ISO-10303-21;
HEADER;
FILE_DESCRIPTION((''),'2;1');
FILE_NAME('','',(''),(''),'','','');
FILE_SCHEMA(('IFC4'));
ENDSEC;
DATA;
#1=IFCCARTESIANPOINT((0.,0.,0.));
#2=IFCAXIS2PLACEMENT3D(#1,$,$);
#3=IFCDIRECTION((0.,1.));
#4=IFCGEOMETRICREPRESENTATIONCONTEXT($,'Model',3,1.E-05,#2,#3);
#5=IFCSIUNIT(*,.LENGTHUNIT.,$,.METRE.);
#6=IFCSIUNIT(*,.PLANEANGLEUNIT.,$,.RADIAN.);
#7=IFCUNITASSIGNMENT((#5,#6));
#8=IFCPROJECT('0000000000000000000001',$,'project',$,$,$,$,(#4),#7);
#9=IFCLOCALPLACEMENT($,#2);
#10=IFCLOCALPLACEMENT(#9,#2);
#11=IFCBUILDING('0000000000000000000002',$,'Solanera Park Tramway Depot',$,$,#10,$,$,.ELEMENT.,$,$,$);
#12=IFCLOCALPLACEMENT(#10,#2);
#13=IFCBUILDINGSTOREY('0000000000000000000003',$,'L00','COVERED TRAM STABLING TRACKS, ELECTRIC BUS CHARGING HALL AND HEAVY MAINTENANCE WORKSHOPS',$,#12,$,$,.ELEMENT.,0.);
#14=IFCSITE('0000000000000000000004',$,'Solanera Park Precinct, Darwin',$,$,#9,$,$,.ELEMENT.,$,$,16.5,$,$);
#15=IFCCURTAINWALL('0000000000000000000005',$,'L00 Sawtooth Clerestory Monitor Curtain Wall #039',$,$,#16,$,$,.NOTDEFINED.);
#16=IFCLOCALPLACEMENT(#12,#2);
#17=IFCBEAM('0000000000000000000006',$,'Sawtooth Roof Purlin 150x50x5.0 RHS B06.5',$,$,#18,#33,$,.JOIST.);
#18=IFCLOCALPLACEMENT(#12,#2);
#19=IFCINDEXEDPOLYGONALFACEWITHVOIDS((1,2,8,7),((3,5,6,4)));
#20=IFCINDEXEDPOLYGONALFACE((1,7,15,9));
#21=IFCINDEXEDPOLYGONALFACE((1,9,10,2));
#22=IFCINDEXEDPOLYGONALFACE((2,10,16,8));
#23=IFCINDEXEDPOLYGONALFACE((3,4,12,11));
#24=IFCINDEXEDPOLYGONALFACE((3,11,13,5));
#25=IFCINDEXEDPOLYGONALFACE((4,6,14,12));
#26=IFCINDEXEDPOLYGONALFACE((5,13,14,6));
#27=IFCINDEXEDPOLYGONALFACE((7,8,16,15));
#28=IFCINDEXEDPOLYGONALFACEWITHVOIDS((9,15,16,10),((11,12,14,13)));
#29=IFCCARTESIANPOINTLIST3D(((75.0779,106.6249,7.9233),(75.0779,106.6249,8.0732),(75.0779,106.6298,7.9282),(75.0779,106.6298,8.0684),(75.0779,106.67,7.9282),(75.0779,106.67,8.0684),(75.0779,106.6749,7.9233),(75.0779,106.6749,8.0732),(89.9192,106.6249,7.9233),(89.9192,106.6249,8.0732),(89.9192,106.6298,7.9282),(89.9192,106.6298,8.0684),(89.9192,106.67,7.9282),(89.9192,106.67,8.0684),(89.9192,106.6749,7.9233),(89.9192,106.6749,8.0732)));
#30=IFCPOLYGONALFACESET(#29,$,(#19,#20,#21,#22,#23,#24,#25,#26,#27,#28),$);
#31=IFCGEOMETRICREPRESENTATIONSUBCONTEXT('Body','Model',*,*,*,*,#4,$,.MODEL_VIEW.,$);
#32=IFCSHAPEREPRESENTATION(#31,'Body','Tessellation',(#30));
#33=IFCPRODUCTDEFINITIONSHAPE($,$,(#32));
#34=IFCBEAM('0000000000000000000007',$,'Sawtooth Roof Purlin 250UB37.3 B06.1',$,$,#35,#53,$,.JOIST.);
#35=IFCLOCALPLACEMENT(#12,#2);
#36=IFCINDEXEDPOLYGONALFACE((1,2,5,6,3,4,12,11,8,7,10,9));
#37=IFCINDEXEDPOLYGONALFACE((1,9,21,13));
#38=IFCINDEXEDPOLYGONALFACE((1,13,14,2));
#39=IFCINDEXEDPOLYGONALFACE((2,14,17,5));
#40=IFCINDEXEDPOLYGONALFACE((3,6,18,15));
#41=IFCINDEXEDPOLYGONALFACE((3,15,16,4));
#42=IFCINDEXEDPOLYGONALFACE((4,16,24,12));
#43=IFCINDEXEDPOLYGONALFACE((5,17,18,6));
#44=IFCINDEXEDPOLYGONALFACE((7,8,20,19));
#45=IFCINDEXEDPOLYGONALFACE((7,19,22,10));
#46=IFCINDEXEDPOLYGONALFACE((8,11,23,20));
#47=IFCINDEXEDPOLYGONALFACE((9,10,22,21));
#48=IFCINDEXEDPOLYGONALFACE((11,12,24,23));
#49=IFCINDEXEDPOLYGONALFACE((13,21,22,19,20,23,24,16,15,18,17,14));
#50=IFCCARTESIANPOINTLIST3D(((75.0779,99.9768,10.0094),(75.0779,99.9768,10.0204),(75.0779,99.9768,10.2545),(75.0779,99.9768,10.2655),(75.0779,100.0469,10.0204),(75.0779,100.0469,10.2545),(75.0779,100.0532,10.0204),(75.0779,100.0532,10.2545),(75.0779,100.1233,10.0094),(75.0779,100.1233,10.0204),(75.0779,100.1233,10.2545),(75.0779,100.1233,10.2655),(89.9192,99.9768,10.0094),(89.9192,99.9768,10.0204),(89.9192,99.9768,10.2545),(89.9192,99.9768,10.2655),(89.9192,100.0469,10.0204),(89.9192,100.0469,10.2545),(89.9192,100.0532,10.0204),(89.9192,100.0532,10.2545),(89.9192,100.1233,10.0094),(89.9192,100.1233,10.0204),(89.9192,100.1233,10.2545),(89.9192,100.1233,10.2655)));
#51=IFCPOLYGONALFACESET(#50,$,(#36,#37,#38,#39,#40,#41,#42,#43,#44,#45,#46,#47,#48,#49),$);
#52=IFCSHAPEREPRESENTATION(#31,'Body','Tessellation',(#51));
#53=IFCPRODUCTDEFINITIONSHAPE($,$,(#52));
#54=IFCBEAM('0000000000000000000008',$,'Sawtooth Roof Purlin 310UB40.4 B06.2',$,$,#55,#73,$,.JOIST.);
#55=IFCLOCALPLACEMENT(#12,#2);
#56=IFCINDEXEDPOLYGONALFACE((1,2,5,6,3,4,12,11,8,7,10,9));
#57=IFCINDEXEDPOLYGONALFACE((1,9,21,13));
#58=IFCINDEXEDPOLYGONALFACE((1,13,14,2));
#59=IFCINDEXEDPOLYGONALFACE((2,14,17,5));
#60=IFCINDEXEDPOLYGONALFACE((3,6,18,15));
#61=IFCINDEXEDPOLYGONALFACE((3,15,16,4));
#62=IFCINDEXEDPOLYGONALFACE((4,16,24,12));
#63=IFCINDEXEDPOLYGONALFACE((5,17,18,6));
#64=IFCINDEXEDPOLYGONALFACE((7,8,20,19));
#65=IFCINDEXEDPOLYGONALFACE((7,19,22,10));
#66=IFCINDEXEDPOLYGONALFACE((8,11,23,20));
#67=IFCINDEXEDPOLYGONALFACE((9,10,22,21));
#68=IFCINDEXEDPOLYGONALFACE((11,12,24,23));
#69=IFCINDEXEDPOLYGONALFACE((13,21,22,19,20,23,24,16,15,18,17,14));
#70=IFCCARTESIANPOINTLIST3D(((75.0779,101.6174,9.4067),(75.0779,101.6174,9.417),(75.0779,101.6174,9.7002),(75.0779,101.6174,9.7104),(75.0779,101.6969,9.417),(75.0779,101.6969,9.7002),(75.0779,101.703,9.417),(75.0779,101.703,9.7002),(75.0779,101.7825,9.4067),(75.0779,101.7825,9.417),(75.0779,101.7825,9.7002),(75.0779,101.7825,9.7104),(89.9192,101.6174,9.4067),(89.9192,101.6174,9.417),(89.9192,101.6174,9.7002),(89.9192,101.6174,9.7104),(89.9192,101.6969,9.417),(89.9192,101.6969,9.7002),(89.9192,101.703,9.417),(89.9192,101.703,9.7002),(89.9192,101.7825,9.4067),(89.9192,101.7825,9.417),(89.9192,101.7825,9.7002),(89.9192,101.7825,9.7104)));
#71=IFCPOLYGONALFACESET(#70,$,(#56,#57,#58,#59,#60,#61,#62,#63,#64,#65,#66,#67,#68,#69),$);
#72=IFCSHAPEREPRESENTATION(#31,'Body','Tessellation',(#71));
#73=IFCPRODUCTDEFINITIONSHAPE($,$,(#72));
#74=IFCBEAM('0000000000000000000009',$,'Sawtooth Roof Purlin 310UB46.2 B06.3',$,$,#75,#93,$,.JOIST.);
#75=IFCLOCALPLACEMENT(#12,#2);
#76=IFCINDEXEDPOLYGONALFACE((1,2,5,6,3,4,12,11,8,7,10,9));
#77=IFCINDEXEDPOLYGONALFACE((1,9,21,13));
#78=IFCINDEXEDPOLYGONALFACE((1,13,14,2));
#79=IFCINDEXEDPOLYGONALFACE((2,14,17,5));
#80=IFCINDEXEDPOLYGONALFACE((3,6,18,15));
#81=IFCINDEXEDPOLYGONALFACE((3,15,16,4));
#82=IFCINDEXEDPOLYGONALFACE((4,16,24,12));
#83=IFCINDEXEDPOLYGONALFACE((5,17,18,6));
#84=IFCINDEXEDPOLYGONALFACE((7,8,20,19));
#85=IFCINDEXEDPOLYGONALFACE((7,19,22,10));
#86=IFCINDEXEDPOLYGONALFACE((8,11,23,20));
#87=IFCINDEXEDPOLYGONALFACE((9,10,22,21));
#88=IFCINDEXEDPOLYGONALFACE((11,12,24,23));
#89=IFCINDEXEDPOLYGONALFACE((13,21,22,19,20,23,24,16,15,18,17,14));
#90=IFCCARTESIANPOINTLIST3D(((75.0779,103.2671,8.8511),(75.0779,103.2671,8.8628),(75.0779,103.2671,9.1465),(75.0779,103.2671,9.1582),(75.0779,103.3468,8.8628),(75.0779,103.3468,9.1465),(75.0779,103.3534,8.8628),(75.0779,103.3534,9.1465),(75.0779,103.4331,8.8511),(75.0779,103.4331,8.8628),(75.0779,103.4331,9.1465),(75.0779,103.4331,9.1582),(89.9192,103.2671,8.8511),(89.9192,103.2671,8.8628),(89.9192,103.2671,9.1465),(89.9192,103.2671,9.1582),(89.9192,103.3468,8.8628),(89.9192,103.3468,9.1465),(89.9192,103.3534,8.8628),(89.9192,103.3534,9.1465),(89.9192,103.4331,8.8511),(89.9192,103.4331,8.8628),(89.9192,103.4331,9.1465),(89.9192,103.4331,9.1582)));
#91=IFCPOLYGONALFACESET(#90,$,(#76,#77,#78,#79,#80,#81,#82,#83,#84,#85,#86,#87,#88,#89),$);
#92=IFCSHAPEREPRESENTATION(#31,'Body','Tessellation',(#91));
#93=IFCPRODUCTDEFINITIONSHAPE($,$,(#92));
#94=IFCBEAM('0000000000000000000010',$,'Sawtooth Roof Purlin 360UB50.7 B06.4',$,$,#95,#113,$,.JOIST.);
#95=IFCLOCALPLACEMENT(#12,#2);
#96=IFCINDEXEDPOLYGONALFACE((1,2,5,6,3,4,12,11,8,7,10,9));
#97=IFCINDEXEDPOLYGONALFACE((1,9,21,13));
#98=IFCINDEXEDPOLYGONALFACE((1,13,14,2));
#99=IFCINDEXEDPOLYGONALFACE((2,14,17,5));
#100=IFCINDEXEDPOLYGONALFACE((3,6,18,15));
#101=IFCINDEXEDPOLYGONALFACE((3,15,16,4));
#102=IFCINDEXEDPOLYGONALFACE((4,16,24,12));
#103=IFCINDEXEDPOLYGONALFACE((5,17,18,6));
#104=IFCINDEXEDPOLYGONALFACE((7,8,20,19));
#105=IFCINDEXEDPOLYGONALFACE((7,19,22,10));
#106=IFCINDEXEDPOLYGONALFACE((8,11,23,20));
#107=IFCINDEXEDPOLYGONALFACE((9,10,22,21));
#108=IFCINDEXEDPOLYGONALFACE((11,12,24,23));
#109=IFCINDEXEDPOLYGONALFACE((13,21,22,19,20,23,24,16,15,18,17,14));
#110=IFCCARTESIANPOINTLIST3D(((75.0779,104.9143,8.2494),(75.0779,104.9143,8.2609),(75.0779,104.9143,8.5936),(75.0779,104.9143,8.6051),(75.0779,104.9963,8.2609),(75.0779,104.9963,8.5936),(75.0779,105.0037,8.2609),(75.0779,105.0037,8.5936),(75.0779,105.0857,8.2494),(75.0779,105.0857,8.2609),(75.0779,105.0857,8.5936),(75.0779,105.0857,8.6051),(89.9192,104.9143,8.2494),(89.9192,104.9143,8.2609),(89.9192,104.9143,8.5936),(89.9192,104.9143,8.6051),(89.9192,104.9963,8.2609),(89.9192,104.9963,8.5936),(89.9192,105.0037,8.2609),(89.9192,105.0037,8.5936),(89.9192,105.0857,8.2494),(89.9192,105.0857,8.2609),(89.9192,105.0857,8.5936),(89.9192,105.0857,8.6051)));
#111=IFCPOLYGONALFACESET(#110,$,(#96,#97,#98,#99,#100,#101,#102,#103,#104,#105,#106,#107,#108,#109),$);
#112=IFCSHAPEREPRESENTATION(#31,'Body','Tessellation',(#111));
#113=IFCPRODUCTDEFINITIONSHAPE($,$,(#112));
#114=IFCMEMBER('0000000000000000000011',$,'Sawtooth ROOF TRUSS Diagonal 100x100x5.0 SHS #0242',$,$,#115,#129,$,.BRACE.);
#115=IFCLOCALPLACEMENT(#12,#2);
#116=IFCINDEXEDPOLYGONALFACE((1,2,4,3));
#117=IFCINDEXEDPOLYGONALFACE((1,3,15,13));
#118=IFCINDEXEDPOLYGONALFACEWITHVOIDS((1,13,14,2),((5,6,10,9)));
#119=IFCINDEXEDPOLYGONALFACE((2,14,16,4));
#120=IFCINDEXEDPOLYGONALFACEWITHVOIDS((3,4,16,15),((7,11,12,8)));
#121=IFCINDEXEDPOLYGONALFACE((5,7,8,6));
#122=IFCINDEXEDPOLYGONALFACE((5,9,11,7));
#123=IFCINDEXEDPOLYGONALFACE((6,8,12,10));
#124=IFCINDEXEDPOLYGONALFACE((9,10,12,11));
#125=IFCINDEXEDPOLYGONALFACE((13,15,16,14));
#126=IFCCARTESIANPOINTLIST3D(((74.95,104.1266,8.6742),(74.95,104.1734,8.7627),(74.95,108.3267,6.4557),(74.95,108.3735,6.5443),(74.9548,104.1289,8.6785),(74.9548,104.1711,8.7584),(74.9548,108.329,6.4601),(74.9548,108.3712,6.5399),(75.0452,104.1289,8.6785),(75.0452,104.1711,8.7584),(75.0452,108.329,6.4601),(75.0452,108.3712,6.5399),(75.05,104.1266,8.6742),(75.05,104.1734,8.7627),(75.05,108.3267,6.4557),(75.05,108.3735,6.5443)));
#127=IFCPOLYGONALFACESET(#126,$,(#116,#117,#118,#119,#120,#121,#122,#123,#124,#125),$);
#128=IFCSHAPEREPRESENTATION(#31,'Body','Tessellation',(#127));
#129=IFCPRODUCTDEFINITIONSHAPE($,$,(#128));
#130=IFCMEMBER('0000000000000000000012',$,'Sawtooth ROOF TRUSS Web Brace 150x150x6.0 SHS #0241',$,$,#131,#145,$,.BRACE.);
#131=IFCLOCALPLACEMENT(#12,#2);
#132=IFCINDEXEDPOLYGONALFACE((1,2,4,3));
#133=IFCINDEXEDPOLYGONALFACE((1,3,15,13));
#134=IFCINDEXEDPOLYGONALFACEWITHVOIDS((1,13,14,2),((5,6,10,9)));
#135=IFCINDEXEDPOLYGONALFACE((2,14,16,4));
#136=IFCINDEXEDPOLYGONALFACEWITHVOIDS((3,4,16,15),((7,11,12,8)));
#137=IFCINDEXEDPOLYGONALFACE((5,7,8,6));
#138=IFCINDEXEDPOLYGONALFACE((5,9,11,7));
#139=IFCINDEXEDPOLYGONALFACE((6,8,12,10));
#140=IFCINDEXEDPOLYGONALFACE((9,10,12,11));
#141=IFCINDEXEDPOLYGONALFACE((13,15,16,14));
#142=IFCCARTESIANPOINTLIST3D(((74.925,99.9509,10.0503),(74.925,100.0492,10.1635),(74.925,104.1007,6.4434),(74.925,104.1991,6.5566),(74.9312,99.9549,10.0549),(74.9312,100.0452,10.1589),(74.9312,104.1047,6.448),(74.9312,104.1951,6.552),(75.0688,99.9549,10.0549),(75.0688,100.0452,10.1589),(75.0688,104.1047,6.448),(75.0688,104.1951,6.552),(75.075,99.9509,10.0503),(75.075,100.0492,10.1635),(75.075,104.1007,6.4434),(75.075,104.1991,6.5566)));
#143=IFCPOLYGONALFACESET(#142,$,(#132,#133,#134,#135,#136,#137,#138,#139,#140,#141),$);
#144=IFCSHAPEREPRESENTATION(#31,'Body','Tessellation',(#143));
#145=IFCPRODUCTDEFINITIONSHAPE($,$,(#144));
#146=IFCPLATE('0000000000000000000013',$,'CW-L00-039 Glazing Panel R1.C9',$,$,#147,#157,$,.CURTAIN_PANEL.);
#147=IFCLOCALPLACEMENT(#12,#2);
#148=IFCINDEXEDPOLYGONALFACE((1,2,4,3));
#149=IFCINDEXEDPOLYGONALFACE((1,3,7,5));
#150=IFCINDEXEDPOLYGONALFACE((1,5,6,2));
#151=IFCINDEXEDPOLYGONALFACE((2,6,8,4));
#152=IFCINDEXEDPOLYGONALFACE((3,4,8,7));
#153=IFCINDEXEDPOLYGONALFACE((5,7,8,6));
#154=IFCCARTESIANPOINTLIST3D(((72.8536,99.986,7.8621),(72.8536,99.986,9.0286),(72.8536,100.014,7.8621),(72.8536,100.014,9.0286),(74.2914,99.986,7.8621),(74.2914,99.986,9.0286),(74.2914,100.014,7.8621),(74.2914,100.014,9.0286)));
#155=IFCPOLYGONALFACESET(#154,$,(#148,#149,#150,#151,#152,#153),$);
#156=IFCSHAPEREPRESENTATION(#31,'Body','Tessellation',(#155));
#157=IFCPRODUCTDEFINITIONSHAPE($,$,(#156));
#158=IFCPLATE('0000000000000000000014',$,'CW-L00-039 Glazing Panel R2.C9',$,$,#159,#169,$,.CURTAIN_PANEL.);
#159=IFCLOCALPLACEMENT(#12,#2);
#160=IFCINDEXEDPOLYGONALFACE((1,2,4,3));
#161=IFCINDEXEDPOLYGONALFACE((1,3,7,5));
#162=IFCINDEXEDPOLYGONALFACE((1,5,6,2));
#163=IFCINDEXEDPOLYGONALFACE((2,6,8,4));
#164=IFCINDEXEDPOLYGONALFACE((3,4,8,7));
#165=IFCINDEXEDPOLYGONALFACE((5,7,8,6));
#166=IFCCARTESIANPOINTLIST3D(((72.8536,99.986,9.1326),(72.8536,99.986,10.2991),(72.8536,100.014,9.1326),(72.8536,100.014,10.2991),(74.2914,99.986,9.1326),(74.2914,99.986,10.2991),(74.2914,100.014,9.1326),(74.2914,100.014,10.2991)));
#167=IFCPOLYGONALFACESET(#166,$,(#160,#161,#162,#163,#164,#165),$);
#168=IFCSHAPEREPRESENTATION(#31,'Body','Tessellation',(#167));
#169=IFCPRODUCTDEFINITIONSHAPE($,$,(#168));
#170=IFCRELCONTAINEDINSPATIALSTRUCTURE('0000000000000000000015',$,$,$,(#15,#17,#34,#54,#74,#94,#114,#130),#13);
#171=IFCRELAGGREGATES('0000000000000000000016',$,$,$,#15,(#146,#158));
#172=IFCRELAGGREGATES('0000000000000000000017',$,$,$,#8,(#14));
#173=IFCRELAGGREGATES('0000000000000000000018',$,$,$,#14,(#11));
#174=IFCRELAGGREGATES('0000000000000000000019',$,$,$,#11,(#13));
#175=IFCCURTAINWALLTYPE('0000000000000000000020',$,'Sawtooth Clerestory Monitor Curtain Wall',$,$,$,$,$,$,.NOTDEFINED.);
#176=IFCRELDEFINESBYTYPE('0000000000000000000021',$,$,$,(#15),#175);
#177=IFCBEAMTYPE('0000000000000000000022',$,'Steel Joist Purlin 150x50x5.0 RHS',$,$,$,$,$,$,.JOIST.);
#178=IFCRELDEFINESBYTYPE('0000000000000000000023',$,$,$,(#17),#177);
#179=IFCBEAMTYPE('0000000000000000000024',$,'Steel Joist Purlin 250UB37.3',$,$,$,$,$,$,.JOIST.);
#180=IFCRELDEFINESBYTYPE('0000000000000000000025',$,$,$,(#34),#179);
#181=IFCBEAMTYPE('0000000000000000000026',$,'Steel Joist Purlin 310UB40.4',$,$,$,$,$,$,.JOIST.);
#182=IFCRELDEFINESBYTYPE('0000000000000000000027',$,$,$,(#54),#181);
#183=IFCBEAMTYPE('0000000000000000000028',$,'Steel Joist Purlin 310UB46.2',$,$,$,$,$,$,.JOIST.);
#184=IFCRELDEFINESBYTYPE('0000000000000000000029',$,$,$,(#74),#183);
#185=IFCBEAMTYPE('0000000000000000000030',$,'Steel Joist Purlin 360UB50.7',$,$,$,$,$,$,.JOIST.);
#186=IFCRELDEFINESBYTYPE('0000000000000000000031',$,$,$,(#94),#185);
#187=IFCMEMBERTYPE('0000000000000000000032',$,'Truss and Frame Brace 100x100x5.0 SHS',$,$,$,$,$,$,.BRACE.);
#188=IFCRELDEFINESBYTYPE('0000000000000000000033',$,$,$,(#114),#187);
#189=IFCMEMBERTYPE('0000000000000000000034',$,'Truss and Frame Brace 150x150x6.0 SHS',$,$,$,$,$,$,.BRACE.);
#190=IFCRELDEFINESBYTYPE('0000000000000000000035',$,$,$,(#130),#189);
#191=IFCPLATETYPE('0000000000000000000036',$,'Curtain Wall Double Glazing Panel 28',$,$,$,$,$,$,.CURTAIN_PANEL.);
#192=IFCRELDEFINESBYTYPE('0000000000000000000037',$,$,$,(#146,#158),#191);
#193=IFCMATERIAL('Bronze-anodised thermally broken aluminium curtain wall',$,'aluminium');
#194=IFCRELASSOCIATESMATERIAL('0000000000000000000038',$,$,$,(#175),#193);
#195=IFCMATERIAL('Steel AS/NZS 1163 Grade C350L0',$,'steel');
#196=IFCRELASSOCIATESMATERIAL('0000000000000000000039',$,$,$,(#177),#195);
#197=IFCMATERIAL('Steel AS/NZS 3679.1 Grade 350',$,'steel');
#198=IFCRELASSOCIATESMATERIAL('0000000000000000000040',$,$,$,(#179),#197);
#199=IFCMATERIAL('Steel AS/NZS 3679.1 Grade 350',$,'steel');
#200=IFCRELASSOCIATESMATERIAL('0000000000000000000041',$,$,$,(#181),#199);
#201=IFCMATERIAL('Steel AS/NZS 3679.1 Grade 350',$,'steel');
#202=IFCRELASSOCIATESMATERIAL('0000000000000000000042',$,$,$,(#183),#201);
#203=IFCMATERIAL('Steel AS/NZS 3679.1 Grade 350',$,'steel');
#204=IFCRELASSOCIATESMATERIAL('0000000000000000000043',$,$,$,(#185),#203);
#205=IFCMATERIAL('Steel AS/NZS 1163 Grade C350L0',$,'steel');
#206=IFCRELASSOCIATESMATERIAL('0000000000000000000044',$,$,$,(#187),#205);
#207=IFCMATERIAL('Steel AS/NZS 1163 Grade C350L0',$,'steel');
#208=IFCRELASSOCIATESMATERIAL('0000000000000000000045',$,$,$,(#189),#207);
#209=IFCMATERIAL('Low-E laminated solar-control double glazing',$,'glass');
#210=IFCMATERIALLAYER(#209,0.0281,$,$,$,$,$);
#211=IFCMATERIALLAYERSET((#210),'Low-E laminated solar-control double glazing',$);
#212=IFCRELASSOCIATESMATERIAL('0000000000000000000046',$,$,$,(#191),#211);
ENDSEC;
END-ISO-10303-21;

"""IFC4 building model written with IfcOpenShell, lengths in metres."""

from ifc_helpers import new_model, si_unit, direction, frame, origin, origin_2d, place, context, subcontext, project, spatial, rectangle, hollow_rectangle, i_section, extrude, material, layer, layer_set, material_profile, profile_set, type_object, element, aggregate, save


model = new_model("IFC4")

# Units and contexts
model_context = context("Model", 3, precision=1e-05, world=origin(), true_north=direction((0.0, 1.0)))
body_context = subcontext(model_context, "Body", "Model", "MODEL_VIEW")
ifc_project = project(units=[si_unit("LENGTHUNIT", "METRE"), si_unit("PLANEANGLEUNIT", "RADIAN")], contexts=[model_context])

# Site, building, storey
site_placement = place(None, origin())
site = spatial("IfcSite", under=ifc_project, at=site_placement, Name="Solanera Park Precinct, Darwin", CompositionType="ELEMENT", RefElevation=16.5)
building_placement = place(site_placement, origin())
building = spatial("IfcBuilding", under=site, at=building_placement, Name="Solanera Park Tramway Depot", CompositionType="ELEMENT")
storey_placement = place(building_placement, origin())
storey = spatial("IfcBuildingStorey", under=building, at=storey_placement, Name="L00", Description="COVERED TRAM STABLING TRACKS, ELECTRIC BUS CHARGING HALL AND HEAVY MAINTENANCE WORKSHOPS", CompositionType="ELEMENT", Elevation=0.0)

# Curtain wall
ifc_material_1 = material(Name="Bronze-anodised thermally broken aluminium curtain wall", Category="aluminium")
curtain_wall_type = type_object("IfcCurtainWallType", Name="Sawtooth Clerestory Monitor Curtain Wall", PredefinedType="NOTDEFINED", material=ifc_material_1)
curtain_wall_1_placement = place(storey_placement, origin())
curtain_wall_1 = element("IfcCurtainWall", 1, at=curtain_wall_1_placement, inside=storey, type_object=curtain_wall_type, Name="L00 Sawtooth Clerestory Monitor Curtain Wall #039", PredefinedType="NOTDEFINED")

# Beams
ifc_material_2 = material(Name="Steel AS/NZS 1163 Grade C350L0", Category="steel")
ifc_material_profile_1 = material_profile(ifc_material_2, hollow_rectangle(XDim=0.05, YDim=0.1499, WallThickness=0.0049, at=origin_2d()), Name="150x50x5.0 RHS")
ifc_profile_set_1 = profile_set([ifc_material_profile_1], Name="Steel AS/NZS 1163 Grade C350L0")
beam_type_1 = type_object("IfcBeamType", Name="Steel Joist Purlin 150x50x5.0 RHS", PredefinedType="JOIST", material=ifc_profile_set_1)
beam_1_placement = place(storey_placement, frame((75.0779, 106.6499, 7.9983), z_axis=(1.0, 0.0, 0.0), x_axis=(0.0, 1.0, 0.0)))
element("IfcBeam", 2, at=beam_1_placement, inside=storey, type_object=beam_type_1, Name="Sawtooth Roof Purlin 150x50x5.0 RHS B06.5", PredefinedType="JOIST", context=body_context, shape_type="SweptSolid", body=[
    extrude(hollow_rectangle(XDim=0.05, YDim=0.1499, WallThickness=0.0049, at=origin_2d()), origin(), (0.0, 0.0, 1.0), 14.8413),
])
ifc_material_3 = material(Name="Steel AS/NZS 3679.1 Grade 350", Category="steel")
ifc_material_profile_2 = material_profile(ifc_material_3, i_section(OverallWidth=0.1465, OverallDepth=0.2561, WebThickness=0.0063, FlangeThickness=0.011, at=origin_2d()), Name="250UB37.3")
ifc_profile_set_2 = profile_set([ifc_material_profile_2], Name="Steel AS/NZS 3679.1 Grade 350")
beam_type_2 = type_object("IfcBeamType", Name="Steel Joist Purlin 250UB37.3", PredefinedType="JOIST", material=ifc_profile_set_2)
beam_2_placement = place(storey_placement, frame((75.0779, 100.05, 10.1375), z_axis=(1.0, 0.0, 0.0), x_axis=(0.0, 1.0, 0.0)))
element("IfcBeam", 3, at=beam_2_placement, inside=storey, type_object=beam_type_2, Name="Sawtooth Roof Purlin 250UB37.3 B06.1", PredefinedType="JOIST", context=body_context, shape_type="SweptSolid", body=[
    extrude(i_section(OverallWidth=0.1465, OverallDepth=0.2561, WebThickness=0.0063, FlangeThickness=0.011, at=origin_2d()), origin(), (0.0, 0.0, 1.0), 14.8413),
])
ifc_material_4 = material(Name="Steel AS/NZS 3679.1 Grade 350", Category="steel")
ifc_material_profile_3 = material_profile(ifc_material_4, i_section(OverallWidth=0.165, OverallDepth=0.3037, WebThickness=0.0061, FlangeThickness=0.0103, at=origin_2d()), Name="310UB40.4")
ifc_profile_set_3 = profile_set([ifc_material_profile_3], Name="Steel AS/NZS 3679.1 Grade 350")
beam_type_3 = type_object("IfcBeamType", Name="Steel Joist Purlin 310UB40.4", PredefinedType="JOIST", material=ifc_profile_set_3)
beam_3_placement = place(storey_placement, frame((75.0779, 101.7, 9.5586), z_axis=(1.0, 0.0, 0.0), x_axis=(0.0, 1.0, 0.0)))
element("IfcBeam", 4, at=beam_3_placement, inside=storey, type_object=beam_type_3, Name="Sawtooth Roof Purlin 310UB40.4 B06.2", PredefinedType="JOIST", context=body_context, shape_type="SweptSolid", body=[
    extrude(i_section(OverallWidth=0.165, OverallDepth=0.3037, WebThickness=0.0061, FlangeThickness=0.0103, at=origin_2d()), origin(), (0.0, 0.0, 1.0), 14.8413),
])
ifc_material_5 = material(Name="Steel AS/NZS 3679.1 Grade 350", Category="steel")
ifc_material_profile_4 = material_profile(ifc_material_5, i_section(OverallWidth=0.166, OverallDepth=0.3071, WebThickness=0.0066, FlangeThickness=0.0117, at=origin_2d()), Name="310UB46.2")
ifc_profile_set_4 = profile_set([ifc_material_profile_4], Name="Steel AS/NZS 3679.1 Grade 350")
beam_type_4 = type_object("IfcBeamType", Name="Steel Joist Purlin 310UB46.2", PredefinedType="JOIST", material=ifc_profile_set_4)
beam_4_placement = place(storey_placement, frame((75.0779, 103.3501, 9.0046), z_axis=(1.0, 0.0, 0.0), x_axis=(0.0, 1.0, 0.0)))
element("IfcBeam", 5, at=beam_4_placement, inside=storey, type_object=beam_type_4, Name="Sawtooth Roof Purlin 310UB46.2 B06.3", PredefinedType="JOIST", context=body_context, shape_type="SweptSolid", body=[
    extrude(i_section(OverallWidth=0.166, OverallDepth=0.3071, WebThickness=0.0066, FlangeThickness=0.0117, at=origin_2d()), origin(), (0.0, 0.0, 1.0), 14.8413),
])
ifc_material_6 = material(Name="Steel AS/NZS 3679.1 Grade 350", Category="steel")
ifc_material_profile_5 = material_profile(ifc_material_6, i_section(OverallWidth=0.1714, OverallDepth=0.3557, WebThickness=0.0073, FlangeThickness=0.0115, at=origin_2d()), Name="360UB50.7")
ifc_profile_set_5 = profile_set([ifc_material_profile_5], Name="Steel AS/NZS 3679.1 Grade 350")
beam_type_5 = type_object("IfcBeamType", Name="Steel Joist Purlin 360UB50.7", PredefinedType="JOIST", material=ifc_profile_set_5)
beam_5_placement = place(storey_placement, frame((75.0779, 105.0, 8.4272), z_axis=(1.0, 0.0, 0.0), x_axis=(0.0, 1.0, 0.0)))
element("IfcBeam", 6, at=beam_5_placement, inside=storey, type_object=beam_type_5, Name="Sawtooth Roof Purlin 360UB50.7 B06.4", PredefinedType="JOIST", context=body_context, shape_type="SweptSolid", body=[
    extrude(i_section(OverallWidth=0.1714, OverallDepth=0.3557, WebThickness=0.0073, FlangeThickness=0.0115, at=origin_2d()), origin(), (0.0, 0.0, 1.0), 14.8413),
])

# Members
ifc_material_7 = material(Name="Steel AS/NZS 1163 Grade C350L0", Category="steel")
ifc_material_profile_6 = material_profile(ifc_material_7, hollow_rectangle(XDim=0.1001, YDim=0.1001, WallThickness=0.0049, at=origin_2d()), Name="100x100x5.0 SHS")
ifc_profile_set_6 = profile_set([ifc_material_profile_6], Name="Steel AS/NZS 1163 Grade C350L0")
member_type_1 = type_object("IfcMemberType", Name="Truss and Frame Brace 100x100x5.0 SHS", PredefinedType="BRACE", material=ifc_profile_set_6)
member_1_placement = place(storey_placement, frame((75.0, 108.3501, 6.5), z_axis=(0.0, -0.884234, 0.467044), x_axis=(1.0, 0.0, 0.0)))
element("IfcMember", 7, at=member_1_placement, inside=storey, type_object=member_type_1, Name="Sawtooth ROOF TRUSS Diagonal 100x100x5.0 SHS #0242", PredefinedType="BRACE", context=body_context, shape_type="SweptSolid", body=[
    extrude(hollow_rectangle(XDim=0.1001, YDim=0.1001, WallThickness=0.0049, at=origin_2d()), origin(), (0.0, 0.0, 1.0), 4.75),
])
ifc_material_8 = material(Name="Steel AS/NZS 1163 Grade C350L0", Category="steel")
ifc_material_profile_7 = material_profile(ifc_material_8, hollow_rectangle(XDim=0.1499, YDim=0.1499, WallThickness=0.0061, at=origin_2d()), Name="150x150x6.0 SHS")
ifc_profile_set_7 = profile_set([ifc_material_profile_7], Name="Steel AS/NZS 1163 Grade C350L0")
member_type_2 = type_object("IfcMemberType", Name="Truss and Frame Brace 150x150x6.0 SHS", PredefinedType="BRACE", material=ifc_profile_set_7)
member_2_placement = place(storey_placement, frame((75.0, 104.1499, 6.5), z_axis=(0.0, -0.754757, 0.656005), x_axis=(1.0, 0.0, 0.0)))
element("IfcMember", 8, at=member_2_placement, inside=storey, type_object=member_type_2, Name="Sawtooth ROOF TRUSS Web Brace 150x150x6.0 SHS #0241", PredefinedType="BRACE", context=body_context, shape_type="SweptSolid", body=[
    extrude(hollow_rectangle(XDim=0.1499, YDim=0.1499, WallThickness=0.0061, at=origin_2d()), origin(), (0.0, 0.0, 1.0), 5.4983),
])

# Plates
ifc_material_9 = material(Name="Low-E laminated solar-control double glazing", Category="glass")
ifc_layer_1 = layer(ifc_material_9, 0.0281)
ifc_layer_set_1 = layer_set([ifc_layer_1], Name="Low-E laminated solar-control double glazing")
plate_type_1 = type_object("IfcPlateType", Name="Curtain Wall Double Glazing Panel 28", PredefinedType="CURTAIN_PANEL", material=ifc_layer_set_1)
plate_1_placement = place(storey_placement, frame((73.5725, 100.0, 7.8621), z_axis=(0.0, 0.0, 1.0), x_axis=(1.0, 0.0, 0.0)))
plate_1 = element("IfcPlate", 9, at=plate_1_placement, type_object=plate_type_1, Name="CW-L00-039 Glazing Panel R1.C9", PredefinedType="CURTAIN_PANEL", context=body_context, shape_type="SweptSolid", body=[
    extrude(rectangle(XDim=1.4377, YDim=0.0281, at=origin_2d()), origin(), (0.0, 0.0, 1.0), 1.1665),
])
plate_2_placement = place(storey_placement, frame((73.5725, 100.0, 9.1326), z_axis=(0.0, 0.0, 1.0), x_axis=(1.0, 0.0, 0.0)))
plate_2 = element("IfcPlate", 10, at=plate_2_placement, type_object=plate_type_1, Name="CW-L00-039 Glazing Panel R2.C9", PredefinedType="CURTAIN_PANEL", context=body_context, shape_type="SweptSolid", body=[
    extrude(rectangle(XDim=1.4377, YDim=0.0281, at=origin_2d()), origin(), (0.0, 0.0, 1.0), 1.1665),
])
aggregate(curtain_wall_1, [plate_1, plate_2])

save(model, "model.ifc")
